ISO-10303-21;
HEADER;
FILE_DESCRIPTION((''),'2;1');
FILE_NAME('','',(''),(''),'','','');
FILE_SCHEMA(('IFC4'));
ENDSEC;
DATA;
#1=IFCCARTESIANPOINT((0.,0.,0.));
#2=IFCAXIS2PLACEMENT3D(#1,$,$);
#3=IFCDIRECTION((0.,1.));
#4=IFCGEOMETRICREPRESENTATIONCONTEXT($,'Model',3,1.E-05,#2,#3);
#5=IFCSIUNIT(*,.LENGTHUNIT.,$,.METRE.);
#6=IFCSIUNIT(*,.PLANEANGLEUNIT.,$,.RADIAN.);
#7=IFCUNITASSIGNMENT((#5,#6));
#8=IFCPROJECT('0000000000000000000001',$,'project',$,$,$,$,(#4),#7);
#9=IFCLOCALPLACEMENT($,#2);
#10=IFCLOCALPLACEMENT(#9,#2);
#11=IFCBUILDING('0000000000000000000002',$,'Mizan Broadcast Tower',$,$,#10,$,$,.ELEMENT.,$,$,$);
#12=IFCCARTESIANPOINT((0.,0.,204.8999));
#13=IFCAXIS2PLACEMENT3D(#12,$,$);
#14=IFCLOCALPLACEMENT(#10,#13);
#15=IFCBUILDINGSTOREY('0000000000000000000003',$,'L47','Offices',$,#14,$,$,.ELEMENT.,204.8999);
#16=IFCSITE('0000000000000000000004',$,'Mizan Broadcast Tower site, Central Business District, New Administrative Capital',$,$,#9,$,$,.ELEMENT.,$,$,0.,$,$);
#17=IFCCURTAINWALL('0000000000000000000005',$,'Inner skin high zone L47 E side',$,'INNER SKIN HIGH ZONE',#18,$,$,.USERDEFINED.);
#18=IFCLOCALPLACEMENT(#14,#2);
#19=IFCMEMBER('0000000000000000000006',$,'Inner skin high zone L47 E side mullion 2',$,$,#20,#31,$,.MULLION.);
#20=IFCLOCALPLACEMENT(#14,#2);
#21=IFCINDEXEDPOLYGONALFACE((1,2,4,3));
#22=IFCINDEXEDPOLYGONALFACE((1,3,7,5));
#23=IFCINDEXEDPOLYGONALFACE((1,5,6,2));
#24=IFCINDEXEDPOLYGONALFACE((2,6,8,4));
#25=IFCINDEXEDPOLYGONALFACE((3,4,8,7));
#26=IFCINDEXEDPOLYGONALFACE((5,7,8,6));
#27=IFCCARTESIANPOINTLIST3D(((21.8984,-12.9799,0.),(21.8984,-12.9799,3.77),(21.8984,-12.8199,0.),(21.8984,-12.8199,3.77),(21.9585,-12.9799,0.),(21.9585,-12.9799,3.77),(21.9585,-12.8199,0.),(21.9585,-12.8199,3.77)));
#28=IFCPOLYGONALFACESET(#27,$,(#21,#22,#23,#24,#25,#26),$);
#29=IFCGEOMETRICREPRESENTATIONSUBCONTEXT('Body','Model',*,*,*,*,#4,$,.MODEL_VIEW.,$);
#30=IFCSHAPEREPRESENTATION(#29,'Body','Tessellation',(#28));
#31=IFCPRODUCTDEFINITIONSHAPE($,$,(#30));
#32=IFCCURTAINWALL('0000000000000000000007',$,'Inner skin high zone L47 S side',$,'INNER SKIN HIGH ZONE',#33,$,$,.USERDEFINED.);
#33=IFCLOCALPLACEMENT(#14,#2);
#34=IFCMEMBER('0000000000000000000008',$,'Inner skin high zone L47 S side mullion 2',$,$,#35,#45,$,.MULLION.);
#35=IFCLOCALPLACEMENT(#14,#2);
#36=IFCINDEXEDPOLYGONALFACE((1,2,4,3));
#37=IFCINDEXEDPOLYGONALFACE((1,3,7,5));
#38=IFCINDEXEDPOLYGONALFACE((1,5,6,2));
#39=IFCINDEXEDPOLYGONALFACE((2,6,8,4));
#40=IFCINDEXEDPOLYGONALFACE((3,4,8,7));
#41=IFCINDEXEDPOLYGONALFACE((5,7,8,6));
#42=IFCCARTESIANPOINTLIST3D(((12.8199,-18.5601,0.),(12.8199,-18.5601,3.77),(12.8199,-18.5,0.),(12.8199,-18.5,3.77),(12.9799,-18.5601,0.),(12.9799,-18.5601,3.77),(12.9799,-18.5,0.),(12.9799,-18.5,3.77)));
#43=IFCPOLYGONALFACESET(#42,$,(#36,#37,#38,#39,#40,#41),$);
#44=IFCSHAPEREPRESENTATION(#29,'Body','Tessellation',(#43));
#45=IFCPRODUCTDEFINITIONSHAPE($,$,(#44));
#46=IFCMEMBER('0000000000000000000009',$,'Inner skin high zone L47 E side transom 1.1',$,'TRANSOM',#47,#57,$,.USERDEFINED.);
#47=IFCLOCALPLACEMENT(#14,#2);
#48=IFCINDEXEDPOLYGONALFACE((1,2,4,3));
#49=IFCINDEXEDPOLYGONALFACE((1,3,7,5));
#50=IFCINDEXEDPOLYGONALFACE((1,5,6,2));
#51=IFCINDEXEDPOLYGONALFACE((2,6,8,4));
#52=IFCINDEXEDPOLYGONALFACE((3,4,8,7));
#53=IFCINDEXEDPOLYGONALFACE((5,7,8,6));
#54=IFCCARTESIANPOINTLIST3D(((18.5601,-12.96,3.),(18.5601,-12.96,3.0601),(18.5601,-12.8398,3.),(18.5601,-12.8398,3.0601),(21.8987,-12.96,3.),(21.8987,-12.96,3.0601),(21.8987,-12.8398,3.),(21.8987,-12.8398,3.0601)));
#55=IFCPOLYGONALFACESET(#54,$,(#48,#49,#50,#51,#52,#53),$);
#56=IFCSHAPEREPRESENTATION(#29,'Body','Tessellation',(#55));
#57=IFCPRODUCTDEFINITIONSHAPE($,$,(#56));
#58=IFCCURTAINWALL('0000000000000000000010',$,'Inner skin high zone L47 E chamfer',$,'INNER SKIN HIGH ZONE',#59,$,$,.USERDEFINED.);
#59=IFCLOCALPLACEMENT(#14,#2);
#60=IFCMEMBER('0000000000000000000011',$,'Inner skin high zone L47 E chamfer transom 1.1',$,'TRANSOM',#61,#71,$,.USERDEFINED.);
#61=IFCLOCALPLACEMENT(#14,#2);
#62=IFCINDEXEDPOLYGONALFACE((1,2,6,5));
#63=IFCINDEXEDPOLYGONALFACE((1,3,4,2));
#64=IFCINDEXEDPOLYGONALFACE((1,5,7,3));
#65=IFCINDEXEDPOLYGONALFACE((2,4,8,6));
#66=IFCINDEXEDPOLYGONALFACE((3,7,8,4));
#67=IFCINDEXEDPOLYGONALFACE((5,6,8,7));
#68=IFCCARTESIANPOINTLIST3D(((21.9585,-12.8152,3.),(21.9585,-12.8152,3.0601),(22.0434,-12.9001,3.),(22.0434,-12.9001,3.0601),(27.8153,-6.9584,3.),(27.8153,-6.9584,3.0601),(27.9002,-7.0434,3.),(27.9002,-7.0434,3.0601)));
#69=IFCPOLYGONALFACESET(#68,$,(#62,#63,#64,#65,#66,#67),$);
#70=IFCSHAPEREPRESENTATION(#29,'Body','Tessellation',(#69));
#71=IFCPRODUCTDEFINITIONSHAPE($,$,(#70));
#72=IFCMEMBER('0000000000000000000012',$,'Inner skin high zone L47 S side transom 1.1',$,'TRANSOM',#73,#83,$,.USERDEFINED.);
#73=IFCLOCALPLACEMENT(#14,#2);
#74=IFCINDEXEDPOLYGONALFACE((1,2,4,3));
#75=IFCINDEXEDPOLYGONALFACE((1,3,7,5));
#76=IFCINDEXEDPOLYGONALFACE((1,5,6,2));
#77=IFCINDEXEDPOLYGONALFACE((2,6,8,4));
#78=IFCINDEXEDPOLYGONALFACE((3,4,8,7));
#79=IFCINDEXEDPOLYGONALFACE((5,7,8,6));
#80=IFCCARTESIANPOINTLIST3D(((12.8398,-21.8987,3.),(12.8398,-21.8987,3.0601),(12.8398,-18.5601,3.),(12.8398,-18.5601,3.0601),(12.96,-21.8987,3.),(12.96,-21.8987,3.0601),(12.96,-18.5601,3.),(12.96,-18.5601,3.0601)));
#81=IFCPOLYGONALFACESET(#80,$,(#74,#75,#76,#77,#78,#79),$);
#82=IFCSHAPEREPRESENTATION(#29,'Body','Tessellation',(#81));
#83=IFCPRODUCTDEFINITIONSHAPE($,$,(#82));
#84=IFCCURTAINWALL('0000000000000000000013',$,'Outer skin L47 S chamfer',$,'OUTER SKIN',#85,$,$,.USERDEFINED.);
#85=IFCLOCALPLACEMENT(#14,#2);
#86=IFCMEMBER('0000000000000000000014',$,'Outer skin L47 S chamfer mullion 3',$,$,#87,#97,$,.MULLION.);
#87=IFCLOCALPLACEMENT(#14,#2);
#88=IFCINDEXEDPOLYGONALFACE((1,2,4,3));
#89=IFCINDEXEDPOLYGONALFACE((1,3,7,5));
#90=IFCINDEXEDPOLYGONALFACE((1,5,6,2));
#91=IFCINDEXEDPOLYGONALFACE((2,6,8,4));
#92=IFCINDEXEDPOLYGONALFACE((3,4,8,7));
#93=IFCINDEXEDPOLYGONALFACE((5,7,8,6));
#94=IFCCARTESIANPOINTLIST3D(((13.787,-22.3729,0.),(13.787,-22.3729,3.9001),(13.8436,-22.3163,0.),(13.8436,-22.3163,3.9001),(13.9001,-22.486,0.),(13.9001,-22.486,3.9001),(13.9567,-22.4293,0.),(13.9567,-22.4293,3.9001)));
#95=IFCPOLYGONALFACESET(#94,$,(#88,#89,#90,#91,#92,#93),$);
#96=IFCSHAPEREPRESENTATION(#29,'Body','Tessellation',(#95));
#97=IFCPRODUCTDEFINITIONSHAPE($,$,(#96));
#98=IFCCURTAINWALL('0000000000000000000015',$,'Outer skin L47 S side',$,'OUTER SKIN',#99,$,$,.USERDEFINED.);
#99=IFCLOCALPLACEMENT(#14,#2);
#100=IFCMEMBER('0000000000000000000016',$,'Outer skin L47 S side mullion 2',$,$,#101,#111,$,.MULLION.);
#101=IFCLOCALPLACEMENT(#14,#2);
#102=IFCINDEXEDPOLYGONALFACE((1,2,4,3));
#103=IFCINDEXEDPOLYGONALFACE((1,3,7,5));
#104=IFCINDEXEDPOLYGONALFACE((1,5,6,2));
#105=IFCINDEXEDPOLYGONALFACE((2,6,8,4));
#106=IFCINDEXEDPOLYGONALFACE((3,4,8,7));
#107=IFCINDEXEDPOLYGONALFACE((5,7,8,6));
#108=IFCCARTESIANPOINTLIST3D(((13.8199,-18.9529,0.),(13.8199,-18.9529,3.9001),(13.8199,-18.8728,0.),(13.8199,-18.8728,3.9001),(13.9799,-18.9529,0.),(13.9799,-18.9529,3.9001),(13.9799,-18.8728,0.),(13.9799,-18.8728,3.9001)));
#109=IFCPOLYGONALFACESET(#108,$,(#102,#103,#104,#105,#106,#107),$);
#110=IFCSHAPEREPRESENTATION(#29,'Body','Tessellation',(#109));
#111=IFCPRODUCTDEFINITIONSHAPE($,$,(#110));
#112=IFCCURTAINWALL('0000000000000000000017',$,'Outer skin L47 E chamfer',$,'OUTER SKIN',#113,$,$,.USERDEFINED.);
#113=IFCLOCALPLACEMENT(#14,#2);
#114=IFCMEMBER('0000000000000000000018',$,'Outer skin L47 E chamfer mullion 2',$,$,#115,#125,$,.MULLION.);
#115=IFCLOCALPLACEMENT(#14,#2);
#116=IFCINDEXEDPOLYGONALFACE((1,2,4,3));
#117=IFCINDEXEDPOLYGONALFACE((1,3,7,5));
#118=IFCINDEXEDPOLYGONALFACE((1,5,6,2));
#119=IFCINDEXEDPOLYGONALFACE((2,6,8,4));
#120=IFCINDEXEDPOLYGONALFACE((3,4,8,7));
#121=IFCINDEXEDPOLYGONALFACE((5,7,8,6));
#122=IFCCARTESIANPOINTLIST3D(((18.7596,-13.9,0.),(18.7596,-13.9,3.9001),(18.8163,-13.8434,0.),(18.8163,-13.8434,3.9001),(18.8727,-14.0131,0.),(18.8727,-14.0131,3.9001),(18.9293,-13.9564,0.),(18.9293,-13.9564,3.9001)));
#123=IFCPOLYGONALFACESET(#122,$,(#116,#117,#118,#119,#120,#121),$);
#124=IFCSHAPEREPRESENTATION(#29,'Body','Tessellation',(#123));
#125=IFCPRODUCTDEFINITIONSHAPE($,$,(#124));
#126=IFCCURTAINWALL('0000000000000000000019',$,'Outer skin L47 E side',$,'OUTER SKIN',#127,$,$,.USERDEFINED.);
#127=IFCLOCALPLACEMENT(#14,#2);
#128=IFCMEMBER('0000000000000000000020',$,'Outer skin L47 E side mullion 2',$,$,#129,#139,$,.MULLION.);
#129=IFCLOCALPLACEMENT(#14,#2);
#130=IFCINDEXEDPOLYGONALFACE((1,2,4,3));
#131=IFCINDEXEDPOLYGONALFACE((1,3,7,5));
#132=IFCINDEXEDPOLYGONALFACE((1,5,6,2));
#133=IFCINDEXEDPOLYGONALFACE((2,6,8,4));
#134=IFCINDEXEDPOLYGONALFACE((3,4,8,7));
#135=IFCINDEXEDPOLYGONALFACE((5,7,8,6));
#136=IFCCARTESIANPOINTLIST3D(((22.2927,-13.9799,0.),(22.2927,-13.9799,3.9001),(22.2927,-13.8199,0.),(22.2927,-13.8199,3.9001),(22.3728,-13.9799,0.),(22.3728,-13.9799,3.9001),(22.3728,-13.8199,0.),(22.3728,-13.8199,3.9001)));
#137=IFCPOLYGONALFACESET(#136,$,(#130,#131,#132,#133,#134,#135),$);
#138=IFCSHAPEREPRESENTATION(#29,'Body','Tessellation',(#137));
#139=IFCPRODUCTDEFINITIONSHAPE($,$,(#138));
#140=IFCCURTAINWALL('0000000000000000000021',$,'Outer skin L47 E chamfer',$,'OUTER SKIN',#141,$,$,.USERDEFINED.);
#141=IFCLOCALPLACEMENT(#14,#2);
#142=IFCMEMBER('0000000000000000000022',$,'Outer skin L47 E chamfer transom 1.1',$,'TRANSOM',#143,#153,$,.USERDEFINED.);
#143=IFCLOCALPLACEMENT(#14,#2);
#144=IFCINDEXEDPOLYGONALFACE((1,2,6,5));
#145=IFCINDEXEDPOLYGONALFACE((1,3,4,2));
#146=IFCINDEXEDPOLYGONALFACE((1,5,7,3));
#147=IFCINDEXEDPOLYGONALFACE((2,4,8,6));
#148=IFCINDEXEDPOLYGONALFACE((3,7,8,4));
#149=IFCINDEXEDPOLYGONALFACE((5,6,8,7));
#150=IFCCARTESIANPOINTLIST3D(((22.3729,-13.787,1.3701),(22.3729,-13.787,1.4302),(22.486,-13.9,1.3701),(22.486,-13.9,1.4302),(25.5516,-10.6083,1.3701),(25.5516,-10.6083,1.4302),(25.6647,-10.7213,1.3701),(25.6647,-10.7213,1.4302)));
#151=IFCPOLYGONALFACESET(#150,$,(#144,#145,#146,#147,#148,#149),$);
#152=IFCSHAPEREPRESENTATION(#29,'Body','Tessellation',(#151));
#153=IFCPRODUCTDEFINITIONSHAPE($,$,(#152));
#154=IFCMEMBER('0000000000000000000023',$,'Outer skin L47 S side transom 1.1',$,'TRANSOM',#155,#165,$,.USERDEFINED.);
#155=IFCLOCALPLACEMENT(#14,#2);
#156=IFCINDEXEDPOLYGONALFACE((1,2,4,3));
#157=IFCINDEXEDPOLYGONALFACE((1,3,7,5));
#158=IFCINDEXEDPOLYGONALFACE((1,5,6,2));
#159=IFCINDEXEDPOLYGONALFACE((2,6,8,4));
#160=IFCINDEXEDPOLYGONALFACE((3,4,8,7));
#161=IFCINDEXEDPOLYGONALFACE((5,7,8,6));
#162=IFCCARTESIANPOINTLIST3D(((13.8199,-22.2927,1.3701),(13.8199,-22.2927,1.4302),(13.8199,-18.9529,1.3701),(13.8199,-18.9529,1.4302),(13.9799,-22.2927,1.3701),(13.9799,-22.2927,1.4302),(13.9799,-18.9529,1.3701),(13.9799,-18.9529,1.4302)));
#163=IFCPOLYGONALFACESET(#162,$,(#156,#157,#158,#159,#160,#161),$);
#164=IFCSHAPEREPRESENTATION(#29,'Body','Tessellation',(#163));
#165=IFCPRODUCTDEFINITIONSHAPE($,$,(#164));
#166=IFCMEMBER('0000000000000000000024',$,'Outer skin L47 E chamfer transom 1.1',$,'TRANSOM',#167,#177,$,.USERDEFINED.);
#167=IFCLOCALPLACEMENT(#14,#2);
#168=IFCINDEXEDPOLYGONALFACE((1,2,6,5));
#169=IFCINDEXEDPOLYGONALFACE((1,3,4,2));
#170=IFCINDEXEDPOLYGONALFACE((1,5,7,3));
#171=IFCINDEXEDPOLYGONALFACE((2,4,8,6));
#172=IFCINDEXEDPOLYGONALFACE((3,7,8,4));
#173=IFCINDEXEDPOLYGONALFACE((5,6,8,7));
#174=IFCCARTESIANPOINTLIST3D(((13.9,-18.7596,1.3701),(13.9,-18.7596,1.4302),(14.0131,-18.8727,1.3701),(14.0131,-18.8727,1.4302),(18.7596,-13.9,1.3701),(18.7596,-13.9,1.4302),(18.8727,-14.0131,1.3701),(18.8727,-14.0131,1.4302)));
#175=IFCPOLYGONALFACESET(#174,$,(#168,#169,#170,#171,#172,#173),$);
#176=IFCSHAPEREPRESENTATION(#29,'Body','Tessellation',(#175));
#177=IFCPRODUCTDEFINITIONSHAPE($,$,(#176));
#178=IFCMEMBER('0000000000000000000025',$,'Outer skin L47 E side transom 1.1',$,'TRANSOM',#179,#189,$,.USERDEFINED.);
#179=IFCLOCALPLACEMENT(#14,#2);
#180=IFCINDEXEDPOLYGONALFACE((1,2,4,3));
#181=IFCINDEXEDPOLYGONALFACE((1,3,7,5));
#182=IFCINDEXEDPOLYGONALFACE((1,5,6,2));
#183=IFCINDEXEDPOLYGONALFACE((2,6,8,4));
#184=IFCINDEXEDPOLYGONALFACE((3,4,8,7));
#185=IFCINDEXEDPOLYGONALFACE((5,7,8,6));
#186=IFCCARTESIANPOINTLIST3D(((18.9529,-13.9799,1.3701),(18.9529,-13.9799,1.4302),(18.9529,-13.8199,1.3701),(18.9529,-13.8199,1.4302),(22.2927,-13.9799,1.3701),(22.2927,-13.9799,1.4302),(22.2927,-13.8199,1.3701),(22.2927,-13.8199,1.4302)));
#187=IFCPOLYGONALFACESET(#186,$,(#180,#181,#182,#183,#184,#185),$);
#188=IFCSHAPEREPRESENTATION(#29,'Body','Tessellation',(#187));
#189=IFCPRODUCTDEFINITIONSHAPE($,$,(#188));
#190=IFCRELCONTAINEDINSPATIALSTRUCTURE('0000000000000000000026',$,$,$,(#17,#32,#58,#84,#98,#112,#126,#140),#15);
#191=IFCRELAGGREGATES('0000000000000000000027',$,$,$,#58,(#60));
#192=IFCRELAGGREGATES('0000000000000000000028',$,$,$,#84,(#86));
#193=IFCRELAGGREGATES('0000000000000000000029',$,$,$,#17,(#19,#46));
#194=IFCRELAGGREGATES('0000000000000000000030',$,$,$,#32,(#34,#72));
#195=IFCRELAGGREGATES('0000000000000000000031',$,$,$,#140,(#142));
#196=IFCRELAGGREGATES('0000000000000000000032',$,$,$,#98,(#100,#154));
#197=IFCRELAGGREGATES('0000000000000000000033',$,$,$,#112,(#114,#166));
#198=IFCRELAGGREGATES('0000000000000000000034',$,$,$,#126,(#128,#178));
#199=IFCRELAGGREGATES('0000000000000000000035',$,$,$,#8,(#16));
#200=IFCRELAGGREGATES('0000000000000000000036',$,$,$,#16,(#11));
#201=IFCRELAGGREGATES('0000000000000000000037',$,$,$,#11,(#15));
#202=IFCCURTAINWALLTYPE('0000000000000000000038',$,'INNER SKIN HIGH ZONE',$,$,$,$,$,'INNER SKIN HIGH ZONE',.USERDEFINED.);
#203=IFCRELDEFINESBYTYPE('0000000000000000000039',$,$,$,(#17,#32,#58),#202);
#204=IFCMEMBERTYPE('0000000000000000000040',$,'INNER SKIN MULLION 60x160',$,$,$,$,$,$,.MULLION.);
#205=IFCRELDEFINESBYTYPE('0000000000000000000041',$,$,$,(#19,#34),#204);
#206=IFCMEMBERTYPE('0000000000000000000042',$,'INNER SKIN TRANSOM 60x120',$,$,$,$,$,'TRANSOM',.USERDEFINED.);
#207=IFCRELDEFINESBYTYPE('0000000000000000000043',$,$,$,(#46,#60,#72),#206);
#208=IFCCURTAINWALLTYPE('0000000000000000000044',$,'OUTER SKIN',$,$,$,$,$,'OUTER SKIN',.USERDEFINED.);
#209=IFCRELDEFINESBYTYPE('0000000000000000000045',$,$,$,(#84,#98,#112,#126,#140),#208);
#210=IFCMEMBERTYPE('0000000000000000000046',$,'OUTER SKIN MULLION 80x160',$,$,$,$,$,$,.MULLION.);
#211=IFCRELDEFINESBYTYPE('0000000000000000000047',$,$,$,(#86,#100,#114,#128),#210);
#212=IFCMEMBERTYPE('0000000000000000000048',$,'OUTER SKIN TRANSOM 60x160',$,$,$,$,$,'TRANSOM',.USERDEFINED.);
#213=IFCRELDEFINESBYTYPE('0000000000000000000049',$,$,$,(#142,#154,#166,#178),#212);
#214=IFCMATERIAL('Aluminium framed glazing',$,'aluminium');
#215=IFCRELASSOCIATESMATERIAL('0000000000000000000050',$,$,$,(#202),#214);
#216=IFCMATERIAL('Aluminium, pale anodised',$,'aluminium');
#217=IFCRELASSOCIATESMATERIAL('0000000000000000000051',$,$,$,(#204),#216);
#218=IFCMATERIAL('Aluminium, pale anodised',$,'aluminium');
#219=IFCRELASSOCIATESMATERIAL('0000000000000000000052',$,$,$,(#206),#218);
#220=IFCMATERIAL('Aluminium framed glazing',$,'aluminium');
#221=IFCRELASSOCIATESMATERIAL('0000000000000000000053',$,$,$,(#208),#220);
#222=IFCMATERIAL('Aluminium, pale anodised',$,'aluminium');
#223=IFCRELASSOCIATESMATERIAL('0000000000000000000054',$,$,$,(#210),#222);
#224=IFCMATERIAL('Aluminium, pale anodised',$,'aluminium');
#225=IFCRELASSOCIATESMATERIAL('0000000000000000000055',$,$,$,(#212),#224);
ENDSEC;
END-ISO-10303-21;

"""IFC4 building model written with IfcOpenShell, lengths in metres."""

from ifc_helpers import new_model, si_unit, direction, frame, origin, origin_2d, place, context, subcontext, project, spatial, rectangle, extrude, material, material_profile, profile_set, type_object, element, aggregate, save


model = new_model("IFC4")

# Units and contexts
model_context = context("Model", 3, precision=1e-05, world=origin(), true_north=direction((0.0, 1.0)))
body_context = subcontext(model_context, "Body", "Model", "MODEL_VIEW")
ifc_project = project(units=[si_unit("LENGTHUNIT", "METRE"), si_unit("PLANEANGLEUNIT", "RADIAN")], contexts=[model_context])

# Site, building, storey
site_placement = place(None, origin())
site = spatial("IfcSite", under=ifc_project, at=site_placement, Name="Mizan Broadcast Tower site, Central Business District, New Administrative Capital", CompositionType="ELEMENT", RefElevation=0.0)
building_placement = place(site_placement, origin())
building = spatial("IfcBuilding", under=site, at=building_placement, Name="Mizan Broadcast Tower", CompositionType="ELEMENT")
storey_placement = place(building_placement, frame((0.0, 0.0, 204.8999)))
storey = spatial("IfcBuildingStorey", under=building, at=storey_placement, Name="L47", Description="Offices", CompositionType="ELEMENT", Elevation=204.8999)

# Curtain walls, members
ifc_material_1 = material(Name="Aluminium framed glazing", Category="aluminium")
curtain_wall_type_1 = type_object("IfcCurtainWallType", Name="INNER SKIN HIGH ZONE", ElementType="INNER SKIN HIGH ZONE", PredefinedType="USERDEFINED", material=ifc_material_1)
curtain_wall_1_placement = place(storey_placement, origin())
curtain_wall_1 = element("IfcCurtainWall", 1, at=curtain_wall_1_placement, inside=storey, type_object=curtain_wall_type_1, Name="Inner skin high zone L47 E side", ObjectType="INNER SKIN HIGH ZONE", PredefinedType="USERDEFINED")
ifc_material_2 = material(Name="Aluminium, pale anodised", Category="aluminium")
ifc_material_profile_1 = material_profile(ifc_material_2, rectangle(XDim=0.1599, YDim=0.0601, at=origin_2d()), Name="MULLION 160x60")
ifc_profile_set_1 = profile_set([ifc_material_profile_1], Name="Aluminium, pale anodised")
member_type_1 = type_object("IfcMemberType", Name="INNER SKIN MULLION 60x160", PredefinedType="MULLION", material=ifc_profile_set_1)
member_1_placement = place(storey_placement, frame((21.9285, -12.8999, 0.0), z_axis=(0.0, 0.0, 1.0), x_axis=(0.0, 1.0, 0.0)))
member_1 = element("IfcMember", 2, at=member_1_placement, type_object=member_type_1, Name="Inner skin high zone L47 E side mullion 2", PredefinedType="MULLION", context=body_context, shape_type="SweptSolid", body=[
    extrude(rectangle(XDim=0.1599, YDim=0.0601, at=origin_2d()), origin(), (0.0, 0.0, 1.0), 3.77),
])
curtain_wall_2_placement = place(storey_placement, origin())
curtain_wall_2 = element("IfcCurtainWall", 3, at=curtain_wall_2_placement, inside=storey, type_object=curtain_wall_type_1, Name="Inner skin high zone L47 S side", ObjectType="INNER SKIN HIGH ZONE", PredefinedType="USERDEFINED")
member_2_placement = place(storey_placement, frame((12.8999, -18.53, 0.0), z_axis=(0.0, 0.0, 1.0), x_axis=(-1.0, 0.0, 0.0)))
member_2 = element("IfcMember", 4, at=member_2_placement, type_object=member_type_1, Name="Inner skin high zone L47 S side mullion 2", PredefinedType="MULLION", context=body_context, shape_type="SweptSolid", body=[
    extrude(rectangle(XDim=0.1599, YDim=0.0601, at=origin_2d()), origin(), (0.0, 0.0, 1.0), 3.77),
])

# Member
ifc_material_3 = material(Name="Aluminium, pale anodised", Category="aluminium")
ifc_material_profile_2 = material_profile(ifc_material_3, rectangle(XDim=0.1201, YDim=0.0601, at=origin_2d()), Name="TRANSOM 120x60")
ifc_profile_set_2 = profile_set([ifc_material_profile_2], Name="Aluminium, pale anodised")
member_type_2 = type_object("IfcMemberType", Name="INNER SKIN TRANSOM 60x120", ElementType="TRANSOM", PredefinedType="USERDEFINED", material=ifc_profile_set_2)
member_3_placement = place(storey_placement, frame((18.5601, -12.8999, 3.03), z_axis=(1.0, 0.0, 0.0), x_axis=(0.0, 1.0, 0.0)))
member_3 = element("IfcMember", 5, at=member_3_placement, type_object=member_type_2, Name="Inner skin high zone L47 E side transom 1.1", ObjectType="TRANSOM", PredefinedType="USERDEFINED", context=body_context, shape_type="SweptSolid", body=[
    extrude(rectangle(XDim=0.1201, YDim=0.0601, at=origin_2d()), origin(), (0.0, 0.0, 1.0), 3.3386),
])

# Curtain wall, member
curtain_wall_3_placement = place(storey_placement, origin())
curtain_wall_3 = element("IfcCurtainWall", 6, at=curtain_wall_3_placement, inside=storey, type_object=curtain_wall_type_1, Name="Inner skin high zone L47 E chamfer", ObjectType="INNER SKIN HIGH ZONE", PredefinedType="USERDEFINED")
member_4_placement = place(storey_placement, frame((22.001, -12.8577, 3.03), z_axis=(0.707107, 0.707107, 0.0), x_axis=(-0.707107, 0.707107, 0.0)))
member_4 = element("IfcMember", 7, at=member_4_placement, type_object=member_type_2, Name="Inner skin high zone L47 E chamfer transom 1.1", ObjectType="TRANSOM", PredefinedType="USERDEFINED", context=body_context, shape_type="SweptSolid", body=[
    extrude(rectangle(XDim=0.1201, YDim=0.0601, at=origin_2d()), origin(), (0.0, 0.0, 1.0), 8.2827),
])
aggregate(curtain_wall_3, [member_4])

# Member
member_5_placement = place(storey_placement, frame((12.8999, -21.8987, 3.03), z_axis=(0.0, 1.0, 0.0), x_axis=(-1.0, 0.0, 0.0)))
member_5 = element("IfcMember", 8, at=member_5_placement, type_object=member_type_2, Name="Inner skin high zone L47 S side transom 1.1", ObjectType="TRANSOM", PredefinedType="USERDEFINED", context=body_context, shape_type="SweptSolid", body=[
    extrude(rectangle(XDim=0.1201, YDim=0.0601, at=origin_2d()), origin(), (0.0, 0.0, 1.0), 3.3386),
])

# Curtain walls, members
ifc_material_4 = material(Name="Aluminium framed glazing", Category="aluminium")
curtain_wall_type_2 = type_object("IfcCurtainWallType", Name="OUTER SKIN", ElementType="OUTER SKIN", PredefinedType="USERDEFINED", material=ifc_material_4)
curtain_wall_4_placement = place(storey_placement, origin())
curtain_wall_4 = element("IfcCurtainWall", 9, at=curtain_wall_4_placement, inside=storey, type_object=curtain_wall_type_2, Name="Outer skin L47 S chamfer", ObjectType="OUTER SKIN", PredefinedType="USERDEFINED")
ifc_material_5 = material(Name="Aluminium, pale anodised", Category="aluminium")
ifc_material_profile_3 = material_profile(ifc_material_5, rectangle(XDim=0.1599, YDim=0.0801, at=origin_2d()), Name="MULLION 160x80")
ifc_profile_set_3 = profile_set([ifc_material_profile_3], Name="Aluminium, pale anodised")
member_type_3 = type_object("IfcMemberType", Name="OUTER SKIN MULLION 80x160", PredefinedType="MULLION", material=ifc_profile_set_3)
member_6_placement = place(storey_placement, frame((13.8718, -22.4011, 0.0), z_axis=(0.0, 0.0, 1.0), x_axis=(-0.707107, 0.707107, 0.0)))
member_6 = element("IfcMember", 10, at=member_6_placement, type_object=member_type_3, Name="Outer skin L47 S chamfer mullion 3", PredefinedType="MULLION", context=body_context, shape_type="SweptSolid", body=[
    extrude(rectangle(XDim=0.1599, YDim=0.0801, at=origin_2d()), origin(), (0.0, 0.0, 1.0), 3.9001),
])
aggregate(curtain_wall_4, [member_6])
curtain_wall_5_placement = place(storey_placement, origin())
curtain_wall_5 = element("IfcCurtainWall", 11, at=curtain_wall_5_placement, inside=storey, type_object=curtain_wall_type_2, Name="Outer skin L47 S side", ObjectType="OUTER SKIN", PredefinedType="USERDEFINED")
member_7_placement = place(storey_placement, frame((13.8999, -18.9128, 0.0), z_axis=(0.0, 0.0, 1.0), x_axis=(-1.0, 0.0, 0.0)))
member_7 = element("IfcMember", 12, at=member_7_placement, type_object=member_type_3, Name="Outer skin L47 S side mullion 2", PredefinedType="MULLION", context=body_context, shape_type="SweptSolid", body=[
    extrude(rectangle(XDim=0.1599, YDim=0.0801, at=origin_2d()), origin(), (0.0, 0.0, 1.0), 3.9001),
])
curtain_wall_6_placement = place(storey_placement, origin())
curtain_wall_6 = element("IfcCurtainWall", 13, at=curtain_wall_6_placement, inside=storey, type_object=curtain_wall_type_2, Name="Outer skin L47 E chamfer", ObjectType="OUTER SKIN", PredefinedType="USERDEFINED")
member_8_placement = place(storey_placement, frame((18.8445, -13.9282, 0.0), z_axis=(0.0, 0.0, 1.0), x_axis=(-0.707107, 0.707107, 0.0)))
member_8 = element("IfcMember", 14, at=member_8_placement, type_object=member_type_3, Name="Outer skin L47 E chamfer mullion 2", PredefinedType="MULLION", context=body_context, shape_type="SweptSolid", body=[
    extrude(rectangle(XDim=0.1599, YDim=0.0801, at=origin_2d()), origin(), (0.0, 0.0, 1.0), 3.9001),
])
curtain_wall_7_placement = place(storey_placement, origin())
curtain_wall_7 = element("IfcCurtainWall", 15, at=curtain_wall_7_placement, inside=storey, type_object=curtain_wall_type_2, Name="Outer skin L47 E side", ObjectType="OUTER SKIN", PredefinedType="USERDEFINED")
member_9_placement = place(storey_placement, frame((22.3328, -13.8999, 0.0), z_axis=(0.0, 0.0, 1.0), x_axis=(0.0, 1.0, 0.0)))
member_9 = element("IfcMember", 16, at=member_9_placement, type_object=member_type_3, Name="Outer skin L47 E side mullion 2", PredefinedType="MULLION", context=body_context, shape_type="SweptSolid", body=[
    extrude(rectangle(XDim=0.1599, YDim=0.0801, at=origin_2d()), origin(), (0.0, 0.0, 1.0), 3.9001),
])
curtain_wall_8_placement = place(storey_placement, origin())
curtain_wall_8 = element("IfcCurtainWall", 17, at=curtain_wall_8_placement, inside=storey, type_object=curtain_wall_type_2, Name="Outer skin L47 E chamfer", ObjectType="OUTER SKIN", PredefinedType="USERDEFINED")
ifc_material_6 = material(Name="Aluminium, pale anodised", Category="aluminium")
ifc_material_profile_4 = material_profile(ifc_material_6, rectangle(XDim=0.1599, YDim=0.0601, at=origin_2d()), Name="TRANSOM 160x60")
ifc_profile_set_4 = profile_set([ifc_material_profile_4], Name="Aluminium, pale anodised")
member_type_4 = type_object("IfcMemberType", Name="OUTER SKIN TRANSOM 60x160", ElementType="TRANSOM", PredefinedType="USERDEFINED", material=ifc_profile_set_4)
member_10_placement = place(storey_placement, frame((22.4294, -13.8435, 1.4001), z_axis=(0.707107, 0.707107, 0.0), x_axis=(-0.707107, 0.707107, 0.0)))
member_10 = element("IfcMember", 18, at=member_10_placement, type_object=member_type_4, Name="Outer skin L47 E chamfer transom 1.1", ObjectType="TRANSOM", PredefinedType="USERDEFINED", context=body_context, shape_type="SweptSolid", body=[
    extrude(rectangle(XDim=0.1599, YDim=0.0601, at=origin_2d()), origin(), (0.0, 0.0, 1.0), 4.4954),
])

# Members
member_11_placement = place(storey_placement, frame((13.8999, -22.2927, 1.4001), z_axis=(0.0, 1.0, 0.0), x_axis=(-1.0, 0.0, 0.0)))
member_11 = element("IfcMember", 19, at=member_11_placement, type_object=member_type_4, Name="Outer skin L47 S side transom 1.1", ObjectType="TRANSOM", PredefinedType="USERDEFINED", context=body_context, shape_type="SweptSolid", body=[
    extrude(rectangle(XDim=0.1599, YDim=0.0601, at=origin_2d()), origin(), (0.0, 0.0, 1.0), 3.3398),
])
member_12_placement = place(storey_placement, frame((13.9565, -18.8162, 1.4001), z_axis=(0.707107, 0.707107, 0.0), x_axis=(-0.707107, 0.707107, 0.0)))
member_12 = element("IfcMember", 20, at=member_12_placement, type_object=member_type_4, Name="Outer skin L47 E chamfer transom 1.1", ObjectType="TRANSOM", PredefinedType="USERDEFINED", context=body_context, shape_type="SweptSolid", body=[
    extrude(rectangle(XDim=0.1599, YDim=0.0601, at=origin_2d()), origin(), (0.0, 0.0, 1.0), 6.8726),
])
member_13_placement = place(storey_placement, frame((18.9529, -13.8999, 1.4001), z_axis=(1.0, 0.0, 0.0), x_axis=(0.0, 1.0, 0.0)))
member_13 = element("IfcMember", 21, at=member_13_placement, type_object=member_type_4, Name="Outer skin L47 E side transom 1.1", ObjectType="TRANSOM", PredefinedType="USERDEFINED", context=body_context, shape_type="SweptSolid", body=[
    extrude(rectangle(XDim=0.1599, YDim=0.0601, at=origin_2d()), origin(), (0.0, 0.0, 1.0), 3.3398),
])

aggregate(curtain_wall_1, [member_1, member_3])
aggregate(curtain_wall_2, [member_2, member_5])
aggregate(curtain_wall_8, [member_10])
aggregate(curtain_wall_5, [member_7, member_11])
aggregate(curtain_wall_6, [member_8, member_12])
aggregate(curtain_wall_7, [member_9, member_13])

save(model, "model.ifc")
